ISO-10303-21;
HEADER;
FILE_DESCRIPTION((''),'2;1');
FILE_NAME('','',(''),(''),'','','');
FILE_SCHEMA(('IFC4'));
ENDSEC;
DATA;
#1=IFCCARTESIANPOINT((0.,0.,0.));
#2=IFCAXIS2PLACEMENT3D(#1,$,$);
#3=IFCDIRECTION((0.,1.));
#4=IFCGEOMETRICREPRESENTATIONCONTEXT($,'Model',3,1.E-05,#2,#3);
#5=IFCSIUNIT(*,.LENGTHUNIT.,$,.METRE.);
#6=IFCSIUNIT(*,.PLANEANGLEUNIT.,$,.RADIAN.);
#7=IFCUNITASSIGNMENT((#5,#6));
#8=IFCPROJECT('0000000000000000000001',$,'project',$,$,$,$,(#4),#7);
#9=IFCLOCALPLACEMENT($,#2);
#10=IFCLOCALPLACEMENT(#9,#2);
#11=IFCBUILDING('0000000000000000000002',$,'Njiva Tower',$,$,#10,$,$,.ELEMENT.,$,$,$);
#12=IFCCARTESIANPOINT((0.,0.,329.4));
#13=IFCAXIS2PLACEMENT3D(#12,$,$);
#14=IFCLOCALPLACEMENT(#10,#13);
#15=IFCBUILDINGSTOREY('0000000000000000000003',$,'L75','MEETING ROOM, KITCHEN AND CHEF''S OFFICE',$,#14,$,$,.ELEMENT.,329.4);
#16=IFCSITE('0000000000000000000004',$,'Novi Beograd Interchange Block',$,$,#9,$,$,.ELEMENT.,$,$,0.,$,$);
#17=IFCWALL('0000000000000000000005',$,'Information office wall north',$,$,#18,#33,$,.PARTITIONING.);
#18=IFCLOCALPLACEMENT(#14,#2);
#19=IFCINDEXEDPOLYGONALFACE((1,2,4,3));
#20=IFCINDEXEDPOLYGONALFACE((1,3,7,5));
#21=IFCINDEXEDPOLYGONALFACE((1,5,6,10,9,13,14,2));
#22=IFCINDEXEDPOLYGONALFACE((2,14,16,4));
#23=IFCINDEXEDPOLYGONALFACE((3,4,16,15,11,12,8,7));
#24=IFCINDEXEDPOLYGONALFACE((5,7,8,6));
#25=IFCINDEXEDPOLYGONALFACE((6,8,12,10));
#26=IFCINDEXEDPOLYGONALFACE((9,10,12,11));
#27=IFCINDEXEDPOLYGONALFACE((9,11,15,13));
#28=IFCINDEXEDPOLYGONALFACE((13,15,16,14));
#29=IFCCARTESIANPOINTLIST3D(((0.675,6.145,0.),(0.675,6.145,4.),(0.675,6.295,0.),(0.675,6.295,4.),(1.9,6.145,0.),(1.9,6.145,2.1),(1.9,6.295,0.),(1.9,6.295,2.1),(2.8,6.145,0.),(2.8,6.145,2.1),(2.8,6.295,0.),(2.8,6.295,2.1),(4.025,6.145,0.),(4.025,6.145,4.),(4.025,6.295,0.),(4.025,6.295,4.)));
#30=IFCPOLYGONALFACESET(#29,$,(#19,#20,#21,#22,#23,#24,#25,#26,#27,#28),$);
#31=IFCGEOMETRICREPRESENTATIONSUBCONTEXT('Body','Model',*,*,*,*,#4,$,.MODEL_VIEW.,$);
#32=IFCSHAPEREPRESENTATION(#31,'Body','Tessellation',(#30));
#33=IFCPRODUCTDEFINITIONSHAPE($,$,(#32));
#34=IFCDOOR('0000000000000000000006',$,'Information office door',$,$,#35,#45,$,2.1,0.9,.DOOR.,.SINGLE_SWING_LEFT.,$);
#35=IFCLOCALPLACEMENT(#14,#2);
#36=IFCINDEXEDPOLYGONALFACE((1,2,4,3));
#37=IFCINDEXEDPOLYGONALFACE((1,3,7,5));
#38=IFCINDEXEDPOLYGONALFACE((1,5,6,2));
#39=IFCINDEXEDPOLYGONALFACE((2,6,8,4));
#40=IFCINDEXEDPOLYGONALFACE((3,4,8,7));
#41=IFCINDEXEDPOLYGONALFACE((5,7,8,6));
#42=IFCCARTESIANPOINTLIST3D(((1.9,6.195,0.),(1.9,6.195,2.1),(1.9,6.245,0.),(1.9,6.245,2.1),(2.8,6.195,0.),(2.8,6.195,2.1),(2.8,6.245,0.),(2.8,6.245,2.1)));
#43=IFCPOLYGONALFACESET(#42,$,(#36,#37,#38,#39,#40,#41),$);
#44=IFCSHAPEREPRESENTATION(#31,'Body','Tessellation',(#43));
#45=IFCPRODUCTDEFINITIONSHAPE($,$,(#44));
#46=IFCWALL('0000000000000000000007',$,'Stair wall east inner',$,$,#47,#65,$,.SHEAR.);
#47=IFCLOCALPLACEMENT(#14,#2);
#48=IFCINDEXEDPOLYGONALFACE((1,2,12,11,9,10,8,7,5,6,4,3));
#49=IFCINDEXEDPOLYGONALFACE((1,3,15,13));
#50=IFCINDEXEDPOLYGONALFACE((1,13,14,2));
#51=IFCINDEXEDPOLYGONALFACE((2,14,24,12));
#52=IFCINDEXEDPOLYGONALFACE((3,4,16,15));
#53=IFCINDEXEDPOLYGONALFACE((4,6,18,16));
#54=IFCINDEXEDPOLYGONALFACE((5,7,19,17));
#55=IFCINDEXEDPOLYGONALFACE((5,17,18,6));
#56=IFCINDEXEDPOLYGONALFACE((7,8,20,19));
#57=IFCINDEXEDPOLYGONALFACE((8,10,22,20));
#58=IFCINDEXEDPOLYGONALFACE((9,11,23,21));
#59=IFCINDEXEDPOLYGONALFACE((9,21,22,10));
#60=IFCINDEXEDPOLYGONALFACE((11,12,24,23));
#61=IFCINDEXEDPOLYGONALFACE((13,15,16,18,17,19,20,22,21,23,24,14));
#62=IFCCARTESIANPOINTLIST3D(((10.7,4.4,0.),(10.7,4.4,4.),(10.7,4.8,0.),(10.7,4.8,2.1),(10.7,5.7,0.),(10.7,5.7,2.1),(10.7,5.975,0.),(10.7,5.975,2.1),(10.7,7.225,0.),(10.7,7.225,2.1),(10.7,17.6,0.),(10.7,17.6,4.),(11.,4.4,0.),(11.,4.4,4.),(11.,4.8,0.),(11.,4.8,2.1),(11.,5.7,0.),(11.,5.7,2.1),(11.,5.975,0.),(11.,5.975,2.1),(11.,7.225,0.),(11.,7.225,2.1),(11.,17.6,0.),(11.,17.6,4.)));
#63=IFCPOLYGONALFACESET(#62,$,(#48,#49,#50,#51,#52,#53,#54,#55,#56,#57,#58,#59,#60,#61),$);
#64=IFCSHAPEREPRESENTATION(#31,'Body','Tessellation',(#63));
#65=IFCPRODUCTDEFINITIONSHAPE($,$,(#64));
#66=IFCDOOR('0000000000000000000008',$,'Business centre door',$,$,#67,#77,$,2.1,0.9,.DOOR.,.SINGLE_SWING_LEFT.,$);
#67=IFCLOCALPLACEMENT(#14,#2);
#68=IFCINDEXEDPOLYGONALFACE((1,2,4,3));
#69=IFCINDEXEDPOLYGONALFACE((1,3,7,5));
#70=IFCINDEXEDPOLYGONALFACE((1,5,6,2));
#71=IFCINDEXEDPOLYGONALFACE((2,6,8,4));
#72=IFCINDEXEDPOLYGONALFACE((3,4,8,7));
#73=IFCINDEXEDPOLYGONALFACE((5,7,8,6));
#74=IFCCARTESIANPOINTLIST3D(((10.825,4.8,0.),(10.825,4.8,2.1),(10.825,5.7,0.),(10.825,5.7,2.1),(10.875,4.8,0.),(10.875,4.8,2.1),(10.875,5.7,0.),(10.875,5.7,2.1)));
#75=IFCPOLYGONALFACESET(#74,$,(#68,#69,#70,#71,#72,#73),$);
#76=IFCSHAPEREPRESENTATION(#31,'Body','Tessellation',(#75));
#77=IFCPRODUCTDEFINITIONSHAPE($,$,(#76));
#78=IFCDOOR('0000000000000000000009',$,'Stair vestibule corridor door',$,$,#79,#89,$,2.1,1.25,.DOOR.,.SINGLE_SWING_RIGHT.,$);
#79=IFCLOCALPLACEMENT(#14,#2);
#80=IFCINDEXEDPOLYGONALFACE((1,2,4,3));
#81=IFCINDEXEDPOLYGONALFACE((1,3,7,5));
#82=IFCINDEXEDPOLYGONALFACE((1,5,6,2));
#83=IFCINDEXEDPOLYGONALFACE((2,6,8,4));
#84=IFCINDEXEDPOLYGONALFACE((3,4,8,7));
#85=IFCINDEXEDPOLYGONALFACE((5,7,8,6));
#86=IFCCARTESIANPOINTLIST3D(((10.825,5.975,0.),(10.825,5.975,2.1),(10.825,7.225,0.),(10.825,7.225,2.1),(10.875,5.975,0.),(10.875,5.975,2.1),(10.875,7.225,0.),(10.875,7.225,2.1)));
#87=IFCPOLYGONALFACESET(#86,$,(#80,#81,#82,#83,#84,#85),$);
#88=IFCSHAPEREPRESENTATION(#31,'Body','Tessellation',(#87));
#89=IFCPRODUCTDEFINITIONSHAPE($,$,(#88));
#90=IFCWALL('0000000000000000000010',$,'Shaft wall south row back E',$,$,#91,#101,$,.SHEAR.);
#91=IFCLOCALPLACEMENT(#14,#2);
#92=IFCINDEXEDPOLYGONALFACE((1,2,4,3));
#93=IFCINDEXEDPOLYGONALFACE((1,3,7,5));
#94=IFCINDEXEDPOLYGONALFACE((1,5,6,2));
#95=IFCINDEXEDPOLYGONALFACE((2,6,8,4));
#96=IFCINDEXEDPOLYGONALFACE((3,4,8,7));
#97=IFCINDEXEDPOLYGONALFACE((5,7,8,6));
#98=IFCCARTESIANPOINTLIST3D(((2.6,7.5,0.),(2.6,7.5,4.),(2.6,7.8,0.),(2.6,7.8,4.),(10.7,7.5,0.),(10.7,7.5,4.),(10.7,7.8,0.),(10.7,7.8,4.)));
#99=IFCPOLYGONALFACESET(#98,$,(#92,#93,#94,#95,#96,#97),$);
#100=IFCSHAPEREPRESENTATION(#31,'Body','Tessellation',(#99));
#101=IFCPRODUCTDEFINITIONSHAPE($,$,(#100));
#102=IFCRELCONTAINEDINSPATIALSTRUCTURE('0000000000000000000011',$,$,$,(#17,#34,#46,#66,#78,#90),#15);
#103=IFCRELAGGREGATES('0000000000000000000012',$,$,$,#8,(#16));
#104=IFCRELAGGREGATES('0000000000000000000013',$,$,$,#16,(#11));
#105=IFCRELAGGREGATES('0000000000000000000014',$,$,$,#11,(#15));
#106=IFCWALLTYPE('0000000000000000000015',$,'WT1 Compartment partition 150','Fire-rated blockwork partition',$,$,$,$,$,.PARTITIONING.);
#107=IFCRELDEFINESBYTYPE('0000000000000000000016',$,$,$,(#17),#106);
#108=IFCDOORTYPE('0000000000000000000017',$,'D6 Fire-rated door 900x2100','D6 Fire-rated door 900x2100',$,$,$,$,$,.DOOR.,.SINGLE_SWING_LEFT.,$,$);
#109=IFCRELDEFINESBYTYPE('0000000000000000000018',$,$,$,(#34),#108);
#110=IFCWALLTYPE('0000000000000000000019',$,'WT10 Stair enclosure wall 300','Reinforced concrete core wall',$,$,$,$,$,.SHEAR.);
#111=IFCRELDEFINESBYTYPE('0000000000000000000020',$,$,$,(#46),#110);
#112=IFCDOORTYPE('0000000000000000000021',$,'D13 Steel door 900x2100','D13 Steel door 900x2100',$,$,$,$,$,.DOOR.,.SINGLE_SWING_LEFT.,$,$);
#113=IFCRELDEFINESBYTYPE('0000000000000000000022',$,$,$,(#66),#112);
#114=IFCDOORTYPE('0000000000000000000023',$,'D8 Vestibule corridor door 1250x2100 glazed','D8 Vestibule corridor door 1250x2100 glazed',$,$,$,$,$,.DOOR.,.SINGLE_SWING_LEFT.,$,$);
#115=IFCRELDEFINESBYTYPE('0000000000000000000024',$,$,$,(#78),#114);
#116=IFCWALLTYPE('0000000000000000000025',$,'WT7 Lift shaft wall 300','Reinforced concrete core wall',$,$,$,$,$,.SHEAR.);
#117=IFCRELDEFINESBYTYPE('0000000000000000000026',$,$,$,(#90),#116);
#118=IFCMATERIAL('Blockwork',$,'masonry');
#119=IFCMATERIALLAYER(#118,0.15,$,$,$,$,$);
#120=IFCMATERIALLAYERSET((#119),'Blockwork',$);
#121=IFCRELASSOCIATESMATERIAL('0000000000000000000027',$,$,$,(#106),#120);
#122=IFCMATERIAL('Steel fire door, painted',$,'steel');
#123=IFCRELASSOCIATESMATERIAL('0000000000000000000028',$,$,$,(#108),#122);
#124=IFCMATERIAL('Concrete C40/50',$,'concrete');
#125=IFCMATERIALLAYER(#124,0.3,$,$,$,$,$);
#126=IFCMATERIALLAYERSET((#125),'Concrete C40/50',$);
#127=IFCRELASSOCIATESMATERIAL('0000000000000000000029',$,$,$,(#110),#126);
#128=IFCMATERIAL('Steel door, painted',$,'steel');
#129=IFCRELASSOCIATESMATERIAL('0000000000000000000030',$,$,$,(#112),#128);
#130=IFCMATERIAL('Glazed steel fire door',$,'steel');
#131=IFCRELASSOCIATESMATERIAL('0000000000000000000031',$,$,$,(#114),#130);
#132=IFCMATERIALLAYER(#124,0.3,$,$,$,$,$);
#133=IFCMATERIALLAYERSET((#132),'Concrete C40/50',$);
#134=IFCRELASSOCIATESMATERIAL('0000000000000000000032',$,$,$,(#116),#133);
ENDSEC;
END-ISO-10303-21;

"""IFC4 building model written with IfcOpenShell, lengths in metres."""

from ifc_helpers import new_model, si_unit, direction, frame, frame_2d, origin, place, context, subcontext, project, spatial, rectangle, extrude, material, layer, layer_set, type_object, element, fill, save


model = new_model("IFC4")

# Units and contexts
model_context = context("Model", 3, precision=1e-05, world=origin(), true_north=direction((0.0, 1.0)))
body_context = subcontext(model_context, "Body", "Model", "MODEL_VIEW")
ifc_project = project(units=[si_unit("LENGTHUNIT", "METRE"), si_unit("PLANEANGLEUNIT", "RADIAN")], contexts=[model_context])

# Site, building, storey
site_placement = place(None, origin())
site = spatial("IfcSite", under=ifc_project, at=site_placement, Name="Novi Beograd Interchange Block", CompositionType="ELEMENT", RefElevation=0.0)
building_placement = place(site_placement, origin())
building = spatial("IfcBuilding", under=site, at=building_placement, Name="Njiva Tower", CompositionType="ELEMENT")
storey_placement = place(building_placement, frame((0.0, 0.0, 329.4)))
storey = spatial("IfcBuildingStorey", under=building, at=storey_placement, Name="L75", Description="MEETING ROOM, KITCHEN AND CHEF'S OFFICE", CompositionType="ELEMENT", Elevation=329.4)

# Shared definitions
ifc_material_1 = material(Name="Blockwork", Category="masonry")
ifc_layer_1 = layer(ifc_material_1, 0.15)
ifc_layer_set_1 = layer_set([ifc_layer_1], Name="Blockwork")
wall_type_1 = type_object("IfcWallType", Name="WT1 Compartment partition 150", Description="Fire-rated blockwork partition", PredefinedType="PARTITIONING", material=ifc_layer_set_1)

# Wall, opening, door
wall_1_placement = place(storey_placement, frame((0.675, 6.22, 0.0), z_axis=(0.0, 0.0, 1.0), x_axis=(1.0, 0.0, 0.0)))
wall_1 = element("IfcWall", 1, at=wall_1_placement, inside=storey, type_object=wall_type_1, Name="Information office wall north", PredefinedType="PARTITIONING", context=body_context, shape_type="SweptSolid", body=[
    extrude(rectangle(XDim=3.35, YDim=0.15, at=frame_2d((1.675, 0.0))), origin(), (0.0, 0.0, 1.0), 4.0),
])
opening_1_placement = place(wall_1_placement, frame((1.225, 0.0, 0.0)))
opening_1 = element("IfcOpeningElement", 2, at=opening_1_placement, cuts=wall_1, PredefinedType="OPENING", context=body_context, shape_type="SweptSolid", body=[
    extrude(rectangle(XDim=0.9, YDim=2.1, at=frame_2d((0.45, 1.05))), frame((0.0, 0.085, 0.0), z_axis=(0.0, -1.0, 0.0), x_axis=(1.0, 0.0, 0.0)), (0.0, 0.0, 1.0), 0.17),
])
ifc_material_2 = material(Name="Steel fire door, painted", Category="steel")
door_type_1 = type_object("IfcDoorType", Name="D6 Fire-rated door 900x2100", Description="D6 Fire-rated door 900x2100", OperationType="SINGLE_SWING_LEFT", PredefinedType="DOOR", material=ifc_material_2)
door_1_placement = place(opening_1_placement, origin())
door_1 = element("IfcDoor", 3, at=door_1_placement, inside=storey, type_object=door_type_1, Name="Information office door", OperationType="SINGLE_SWING_LEFT", OverallHeight=2.1, OverallWidth=0.9, PredefinedType="DOOR", context=body_context, shape_type="SweptSolid", body=[
    extrude(rectangle(XDim=0.9, YDim=2.1, at=frame_2d((0.45, 1.05))), frame((0.0, 0.025, 0.0), z_axis=(0.0, -1.0, 0.0), x_axis=(1.0, 0.0, 0.0)), (0.0, 0.0, 1.0), 0.05),
])
fill(opening_1, door_1)

# Wall, openings, doors
ifc_material_3 = material(Name="Concrete C40/50", Category="concrete")
ifc_layer_2 = layer(ifc_material_3, 0.3)
ifc_layer_set_2 = layer_set([ifc_layer_2], Name="Concrete C40/50")
wall_type_2 = type_object("IfcWallType", Name="WT10 Stair enclosure wall 300", Description="Reinforced concrete core wall", PredefinedType="SHEAR", material=ifc_layer_set_2)
wall_2_placement = place(storey_placement, frame((10.85, 4.4, 0.0), z_axis=(0.0, 0.0, 1.0), x_axis=(0.0, 1.0, 0.0)))
wall_2 = element("IfcWall", 4, at=wall_2_placement, inside=storey, type_object=wall_type_2, Name="Stair wall east inner", PredefinedType="SHEAR", context=body_context, shape_type="SweptSolid", body=[
    extrude(rectangle(XDim=13.2, YDim=0.3, at=frame_2d((6.6, 0.0))), origin(), (0.0, 0.0, 1.0), 4.0),
])
opening_2_placement = place(wall_2_placement, frame((1.575, 0.0, 0.0)))
opening_2 = element("IfcOpeningElement", 5, at=opening_2_placement, cuts=wall_2, PredefinedType="OPENING", context=body_context, shape_type="SweptSolid", body=[
    extrude(rectangle(XDim=1.25, YDim=2.1, at=frame_2d((0.625, 1.05))), frame((0.0, 0.16, 0.0), z_axis=(0.0, -1.0, 0.0), x_axis=(1.0, 0.0, 0.0)), (0.0, 0.0, 1.0), 0.32),
])
opening_3_placement = place(wall_2_placement, frame((0.4, 0.0, 0.0)))
opening_3 = element("IfcOpeningElement", 6, at=opening_3_placement, cuts=wall_2, PredefinedType="OPENING", context=body_context, shape_type="SweptSolid", body=[
    extrude(rectangle(XDim=0.9, YDim=2.1, at=frame_2d((0.45, 1.05))), frame((0.0, 0.16, 0.0), z_axis=(0.0, -1.0, 0.0), x_axis=(1.0, 0.0, 0.0)), (0.0, 0.0, 1.0), 0.32),
])
ifc_material_4 = material(Name="Steel door, painted", Category="steel")
door_type_2 = type_object("IfcDoorType", Name="D13 Steel door 900x2100", Description="D13 Steel door 900x2100", OperationType="SINGLE_SWING_LEFT", PredefinedType="DOOR", material=ifc_material_4)
door_2_placement = place(opening_3_placement, origin())
door_2 = element("IfcDoor", 7, at=door_2_placement, inside=storey, type_object=door_type_2, Name="Business centre door", OperationType="SINGLE_SWING_LEFT", OverallHeight=2.1, OverallWidth=0.9, PredefinedType="DOOR", context=body_context, shape_type="SweptSolid", body=[
    extrude(rectangle(XDim=0.9, YDim=2.1, at=frame_2d((0.45, 1.05))), frame((0.0, 0.025, 0.0), z_axis=(0.0, -1.0, 0.0), x_axis=(1.0, 0.0, 0.0)), (0.0, 0.0, 1.0), 0.05),
])
fill(opening_3, door_2)
ifc_material_5 = material(Name="Glazed steel fire door", Category="steel")
door_type_3 = type_object("IfcDoorType", Name="D8 Vestibule corridor door 1250x2100 glazed", Description="D8 Vestibule corridor door 1250x2100 glazed", OperationType="SINGLE_SWING_LEFT", PredefinedType="DOOR", material=ifc_material_5)
door_3_placement = place(opening_2_placement, origin())
door_3 = element("IfcDoor", 8, at=door_3_placement, inside=storey, type_object=door_type_3, Name="Stair vestibule corridor door", OperationType="SINGLE_SWING_RIGHT", OverallHeight=2.1, OverallWidth=1.25, PredefinedType="DOOR", context=body_context, shape_type="SweptSolid", body=[
    extrude(rectangle(XDim=1.25, YDim=2.1, at=frame_2d((0.625, 1.05))), frame((0.0, 0.025, 0.0), z_axis=(0.0, -1.0, 0.0), x_axis=(1.0, 0.0, 0.0)), (0.0, 0.0, 1.0), 0.05),
])
fill(opening_2, door_3)

# Wall
ifc_layer_3 = layer(ifc_material_3, 0.3)
ifc_layer_set_3 = layer_set([ifc_layer_3], Name="Concrete C40/50")
wall_type_3 = type_object("IfcWallType", Name="WT7 Lift shaft wall 300", Description="Reinforced concrete core wall", PredefinedType="SHEAR", material=ifc_layer_set_3)
wall_3_placement = place(storey_placement, frame((2.6, 7.65, 0.0), z_axis=(0.0, 0.0, 1.0), x_axis=(1.0, 0.0, 0.0)))
element("IfcWall", 9, at=wall_3_placement, inside=storey, type_object=wall_type_3, Name="Shaft wall south row back E", PredefinedType="SHEAR", context=body_context, shape_type="SweptSolid", body=[
    extrude(rectangle(XDim=8.1, YDim=0.3, at=frame_2d((4.05, 0.0))), origin(), (0.0, 0.0, 1.0), 4.0),
])

save(model, "model.ifc")
